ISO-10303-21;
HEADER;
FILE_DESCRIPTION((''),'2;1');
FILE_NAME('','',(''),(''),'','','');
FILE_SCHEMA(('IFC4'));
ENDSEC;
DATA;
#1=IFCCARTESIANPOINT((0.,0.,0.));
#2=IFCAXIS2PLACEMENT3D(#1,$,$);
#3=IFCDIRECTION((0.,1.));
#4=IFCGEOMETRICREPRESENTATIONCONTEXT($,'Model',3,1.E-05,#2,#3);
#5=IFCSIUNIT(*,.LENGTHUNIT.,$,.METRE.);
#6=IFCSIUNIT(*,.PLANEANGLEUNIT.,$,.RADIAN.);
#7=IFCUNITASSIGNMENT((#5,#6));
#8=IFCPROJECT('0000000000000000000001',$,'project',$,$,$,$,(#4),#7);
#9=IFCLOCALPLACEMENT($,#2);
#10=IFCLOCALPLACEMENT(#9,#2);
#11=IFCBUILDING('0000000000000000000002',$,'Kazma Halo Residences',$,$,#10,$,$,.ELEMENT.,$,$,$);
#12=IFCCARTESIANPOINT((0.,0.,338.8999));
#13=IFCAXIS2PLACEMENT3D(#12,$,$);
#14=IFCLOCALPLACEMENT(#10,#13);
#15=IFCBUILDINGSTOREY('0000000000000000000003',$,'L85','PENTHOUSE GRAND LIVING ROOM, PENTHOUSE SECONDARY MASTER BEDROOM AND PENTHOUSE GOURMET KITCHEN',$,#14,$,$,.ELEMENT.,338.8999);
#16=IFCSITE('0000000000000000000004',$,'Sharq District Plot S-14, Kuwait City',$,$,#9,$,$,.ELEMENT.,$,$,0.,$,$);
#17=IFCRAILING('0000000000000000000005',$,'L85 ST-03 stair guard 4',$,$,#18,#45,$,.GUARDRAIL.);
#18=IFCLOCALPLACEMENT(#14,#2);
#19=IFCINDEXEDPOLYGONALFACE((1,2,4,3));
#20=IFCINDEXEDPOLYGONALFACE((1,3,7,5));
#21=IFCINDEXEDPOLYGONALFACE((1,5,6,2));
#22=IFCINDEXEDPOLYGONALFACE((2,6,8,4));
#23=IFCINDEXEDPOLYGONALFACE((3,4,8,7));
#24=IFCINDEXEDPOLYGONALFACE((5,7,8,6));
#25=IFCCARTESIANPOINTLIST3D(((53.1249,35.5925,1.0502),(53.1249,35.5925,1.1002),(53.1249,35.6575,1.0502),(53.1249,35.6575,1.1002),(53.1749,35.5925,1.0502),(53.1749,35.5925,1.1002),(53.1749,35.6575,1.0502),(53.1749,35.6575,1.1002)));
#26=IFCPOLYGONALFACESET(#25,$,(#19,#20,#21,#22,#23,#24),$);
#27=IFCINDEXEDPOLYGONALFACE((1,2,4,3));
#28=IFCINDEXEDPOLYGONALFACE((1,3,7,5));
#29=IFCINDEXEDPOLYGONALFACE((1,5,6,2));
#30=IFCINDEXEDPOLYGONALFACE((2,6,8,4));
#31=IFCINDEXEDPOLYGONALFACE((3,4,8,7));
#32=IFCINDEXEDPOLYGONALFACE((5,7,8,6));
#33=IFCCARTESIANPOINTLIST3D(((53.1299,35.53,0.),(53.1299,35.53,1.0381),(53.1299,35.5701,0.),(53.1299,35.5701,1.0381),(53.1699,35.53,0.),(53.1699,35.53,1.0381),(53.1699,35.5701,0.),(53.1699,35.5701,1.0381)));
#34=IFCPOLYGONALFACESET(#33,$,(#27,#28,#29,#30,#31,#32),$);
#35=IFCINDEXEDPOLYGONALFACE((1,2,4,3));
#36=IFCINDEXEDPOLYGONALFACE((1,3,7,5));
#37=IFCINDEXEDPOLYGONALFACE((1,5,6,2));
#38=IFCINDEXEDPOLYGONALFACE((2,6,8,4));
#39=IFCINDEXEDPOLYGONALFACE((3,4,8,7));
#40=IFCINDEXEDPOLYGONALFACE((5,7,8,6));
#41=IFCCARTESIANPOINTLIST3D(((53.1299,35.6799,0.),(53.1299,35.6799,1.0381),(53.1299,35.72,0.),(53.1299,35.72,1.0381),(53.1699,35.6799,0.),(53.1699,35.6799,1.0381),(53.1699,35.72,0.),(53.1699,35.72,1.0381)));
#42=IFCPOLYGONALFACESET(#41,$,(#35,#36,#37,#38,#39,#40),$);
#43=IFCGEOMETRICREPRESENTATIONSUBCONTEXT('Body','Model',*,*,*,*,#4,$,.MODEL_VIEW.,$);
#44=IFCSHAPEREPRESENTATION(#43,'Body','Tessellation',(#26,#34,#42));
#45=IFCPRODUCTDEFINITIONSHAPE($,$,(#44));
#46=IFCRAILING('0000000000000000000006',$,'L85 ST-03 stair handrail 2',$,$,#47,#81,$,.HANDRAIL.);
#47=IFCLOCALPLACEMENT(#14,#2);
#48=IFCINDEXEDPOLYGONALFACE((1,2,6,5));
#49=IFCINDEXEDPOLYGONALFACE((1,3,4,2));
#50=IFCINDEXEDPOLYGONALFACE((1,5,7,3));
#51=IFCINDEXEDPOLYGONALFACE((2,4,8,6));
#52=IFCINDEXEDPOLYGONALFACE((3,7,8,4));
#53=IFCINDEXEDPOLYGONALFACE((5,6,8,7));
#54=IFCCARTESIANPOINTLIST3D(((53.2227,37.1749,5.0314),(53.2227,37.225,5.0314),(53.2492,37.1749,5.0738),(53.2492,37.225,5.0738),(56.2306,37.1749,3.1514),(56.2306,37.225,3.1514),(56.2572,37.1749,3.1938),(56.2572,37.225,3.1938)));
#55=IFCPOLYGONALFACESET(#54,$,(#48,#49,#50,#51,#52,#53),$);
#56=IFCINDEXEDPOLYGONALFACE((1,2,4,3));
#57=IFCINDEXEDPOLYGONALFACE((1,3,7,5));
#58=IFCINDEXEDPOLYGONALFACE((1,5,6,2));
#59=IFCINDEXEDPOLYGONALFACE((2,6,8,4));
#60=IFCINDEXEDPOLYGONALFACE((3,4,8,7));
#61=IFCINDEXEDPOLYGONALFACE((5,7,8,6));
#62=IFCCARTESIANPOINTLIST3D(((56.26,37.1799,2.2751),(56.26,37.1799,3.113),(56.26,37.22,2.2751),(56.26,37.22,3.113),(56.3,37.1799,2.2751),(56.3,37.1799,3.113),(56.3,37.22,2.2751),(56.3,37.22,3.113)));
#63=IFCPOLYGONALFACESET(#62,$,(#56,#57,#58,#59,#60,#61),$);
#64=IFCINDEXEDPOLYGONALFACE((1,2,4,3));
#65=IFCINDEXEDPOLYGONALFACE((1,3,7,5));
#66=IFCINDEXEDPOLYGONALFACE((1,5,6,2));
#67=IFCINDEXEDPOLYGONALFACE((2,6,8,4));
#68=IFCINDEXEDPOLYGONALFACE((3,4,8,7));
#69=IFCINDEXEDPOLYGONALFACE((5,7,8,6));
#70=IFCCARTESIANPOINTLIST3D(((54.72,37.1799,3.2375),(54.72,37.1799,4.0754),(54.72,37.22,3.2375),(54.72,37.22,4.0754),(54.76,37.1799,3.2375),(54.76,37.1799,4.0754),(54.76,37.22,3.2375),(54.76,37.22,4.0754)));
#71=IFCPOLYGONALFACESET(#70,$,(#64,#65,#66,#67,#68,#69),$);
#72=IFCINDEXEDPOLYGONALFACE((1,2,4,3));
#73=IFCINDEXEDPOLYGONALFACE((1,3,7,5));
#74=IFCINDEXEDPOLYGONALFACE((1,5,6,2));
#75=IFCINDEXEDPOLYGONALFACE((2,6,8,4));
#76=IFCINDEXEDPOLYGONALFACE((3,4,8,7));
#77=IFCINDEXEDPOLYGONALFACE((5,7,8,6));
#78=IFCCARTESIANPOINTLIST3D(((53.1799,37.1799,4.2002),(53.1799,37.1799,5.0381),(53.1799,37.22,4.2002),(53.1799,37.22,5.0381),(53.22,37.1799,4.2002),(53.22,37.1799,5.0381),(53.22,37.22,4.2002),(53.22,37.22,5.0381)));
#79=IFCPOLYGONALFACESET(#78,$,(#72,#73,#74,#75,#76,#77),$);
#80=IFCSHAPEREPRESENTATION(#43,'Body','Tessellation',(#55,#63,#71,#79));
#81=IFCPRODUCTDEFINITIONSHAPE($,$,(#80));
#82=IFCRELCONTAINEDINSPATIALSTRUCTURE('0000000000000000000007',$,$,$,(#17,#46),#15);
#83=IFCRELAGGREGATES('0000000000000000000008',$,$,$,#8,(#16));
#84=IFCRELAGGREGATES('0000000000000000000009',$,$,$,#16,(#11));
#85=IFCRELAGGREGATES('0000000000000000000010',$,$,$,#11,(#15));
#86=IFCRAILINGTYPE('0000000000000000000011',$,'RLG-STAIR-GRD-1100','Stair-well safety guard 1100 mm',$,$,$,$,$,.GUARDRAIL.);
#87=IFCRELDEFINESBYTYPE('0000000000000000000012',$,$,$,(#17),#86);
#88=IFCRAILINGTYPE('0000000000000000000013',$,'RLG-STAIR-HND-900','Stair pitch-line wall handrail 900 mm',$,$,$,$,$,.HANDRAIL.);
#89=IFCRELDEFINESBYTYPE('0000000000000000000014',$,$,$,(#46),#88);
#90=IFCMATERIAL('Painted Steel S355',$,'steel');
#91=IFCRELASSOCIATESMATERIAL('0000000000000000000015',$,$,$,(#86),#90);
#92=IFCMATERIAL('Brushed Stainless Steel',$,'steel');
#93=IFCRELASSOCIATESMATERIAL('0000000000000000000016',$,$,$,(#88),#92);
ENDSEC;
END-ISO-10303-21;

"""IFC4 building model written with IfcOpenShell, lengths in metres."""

from ifc_helpers import new_model, si_unit, direction, frame, origin, origin_2d, place, context, subcontext, project, spatial, rectangle, extrude, material, type_object, element, save


model = new_model("IFC4")

# Units and contexts
model_context = context("Model", 3, precision=1e-05, world=origin(), true_north=direction((0.0, 1.0)))
body_context = subcontext(model_context, "Body", "Model", "MODEL_VIEW")
ifc_project = project(units=[si_unit("LENGTHUNIT", "METRE"), si_unit("PLANEANGLEUNIT", "RADIAN")], contexts=[model_context])

# Site, building, storey
site_placement = place(None, origin())
site = spatial("IfcSite", under=ifc_project, at=site_placement, Name="Sharq District Plot S-14, Kuwait City", CompositionType="ELEMENT", RefElevation=0.0)
building_placement = place(site_placement, origin())
building = spatial("IfcBuilding", under=site, at=building_placement, Name="Kazma Halo Residences", CompositionType="ELEMENT")
storey_placement = place(building_placement, frame((0.0, 0.0, 338.8999)))
storey = spatial("IfcBuildingStorey", under=building, at=storey_placement, Name="L85", Description="PENTHOUSE GRAND LIVING ROOM, PENTHOUSE SECONDARY MASTER BEDROOM AND PENTHOUSE GOURMET KITCHEN", CompositionType="ELEMENT", Elevation=338.8999)

# Railings
ifc_material_1 = material(Name="Painted Steel S355", Category="steel")
railing_type_1 = type_object("IfcRailingType", Name="RLG-STAIR-GRD-1100", Description="Stair-well safety guard 1100 mm", PredefinedType="GUARDRAIL", material=ifc_material_1)
railing_1_placement = place(storey_placement, frame((53.1499, 35.55, 0.0)))
element("IfcRailing", 1, at=railing_1_placement, inside=storey, type_object=railing_type_1, Name="L85 ST-03 stair guard 4", PredefinedType="GUARDRAIL", context=body_context, shape_type="SweptSolid", body=[
    extrude(rectangle(XDim=0.05, YDim=0.05, at=origin_2d()), frame((0.0, 0.0425, 1.0752), z_axis=(0.0, 1.0, 0.0), x_axis=(-1.0, 0.0, 0.0)), (0.0, 0.0, 1.0), 0.0649),
    extrude(rectangle(XDim=0.04, YDim=0.04, at=origin_2d()), origin(), (0.0, 0.0, 1.0), 1.0381),
    extrude(rectangle(XDim=0.04, YDim=0.04, at=origin_2d()), frame((0.0, 0.1499, 0.0)), (0.0, 0.0, 1.0), 1.0381),
])
ifc_material_2 = material(Name="Brushed Stainless Steel", Category="steel")
railing_type_2 = type_object("IfcRailingType", Name="RLG-STAIR-HND-900", Description="Stair pitch-line wall handrail 900 mm", PredefinedType="HANDRAIL", material=ifc_material_2)
railing_2_placement = place(storey_placement, frame((56.28, 37.2, 2.2751)))
element("IfcRailing", 2, at=railing_2_placement, inside=storey, type_object=railing_type_2, Name="L85 ST-03 stair handrail 2", PredefinedType="HANDRAIL", context=body_context, shape_type="SweptSolid", body=[
    extrude(rectangle(XDim=0.05, YDim=0.05, at=origin_2d()), frame((-0.0361, 0.0, 0.8975), z_axis=(-0.847998, 0.0, 0.529999), x_axis=(0.0, -1.0, 0.0)), (0.0, 0.0, 1.0), 3.5471),
    extrude(rectangle(XDim=0.04, YDim=0.04, at=origin_2d()), origin(), (0.0, 0.0, 1.0), 0.8379),
    extrude(rectangle(XDim=0.04, YDim=0.04, at=origin_2d()), frame((-1.54, 0.0, 0.9624)), (0.0, 0.0, 1.0), 0.8379),
    extrude(rectangle(XDim=0.04, YDim=0.04, at=origin_2d()), frame((-3.0801, 0.0, 1.925)), (0.0, 0.0, 1.0), 0.8379),
])

save(model, "model.ifc")
